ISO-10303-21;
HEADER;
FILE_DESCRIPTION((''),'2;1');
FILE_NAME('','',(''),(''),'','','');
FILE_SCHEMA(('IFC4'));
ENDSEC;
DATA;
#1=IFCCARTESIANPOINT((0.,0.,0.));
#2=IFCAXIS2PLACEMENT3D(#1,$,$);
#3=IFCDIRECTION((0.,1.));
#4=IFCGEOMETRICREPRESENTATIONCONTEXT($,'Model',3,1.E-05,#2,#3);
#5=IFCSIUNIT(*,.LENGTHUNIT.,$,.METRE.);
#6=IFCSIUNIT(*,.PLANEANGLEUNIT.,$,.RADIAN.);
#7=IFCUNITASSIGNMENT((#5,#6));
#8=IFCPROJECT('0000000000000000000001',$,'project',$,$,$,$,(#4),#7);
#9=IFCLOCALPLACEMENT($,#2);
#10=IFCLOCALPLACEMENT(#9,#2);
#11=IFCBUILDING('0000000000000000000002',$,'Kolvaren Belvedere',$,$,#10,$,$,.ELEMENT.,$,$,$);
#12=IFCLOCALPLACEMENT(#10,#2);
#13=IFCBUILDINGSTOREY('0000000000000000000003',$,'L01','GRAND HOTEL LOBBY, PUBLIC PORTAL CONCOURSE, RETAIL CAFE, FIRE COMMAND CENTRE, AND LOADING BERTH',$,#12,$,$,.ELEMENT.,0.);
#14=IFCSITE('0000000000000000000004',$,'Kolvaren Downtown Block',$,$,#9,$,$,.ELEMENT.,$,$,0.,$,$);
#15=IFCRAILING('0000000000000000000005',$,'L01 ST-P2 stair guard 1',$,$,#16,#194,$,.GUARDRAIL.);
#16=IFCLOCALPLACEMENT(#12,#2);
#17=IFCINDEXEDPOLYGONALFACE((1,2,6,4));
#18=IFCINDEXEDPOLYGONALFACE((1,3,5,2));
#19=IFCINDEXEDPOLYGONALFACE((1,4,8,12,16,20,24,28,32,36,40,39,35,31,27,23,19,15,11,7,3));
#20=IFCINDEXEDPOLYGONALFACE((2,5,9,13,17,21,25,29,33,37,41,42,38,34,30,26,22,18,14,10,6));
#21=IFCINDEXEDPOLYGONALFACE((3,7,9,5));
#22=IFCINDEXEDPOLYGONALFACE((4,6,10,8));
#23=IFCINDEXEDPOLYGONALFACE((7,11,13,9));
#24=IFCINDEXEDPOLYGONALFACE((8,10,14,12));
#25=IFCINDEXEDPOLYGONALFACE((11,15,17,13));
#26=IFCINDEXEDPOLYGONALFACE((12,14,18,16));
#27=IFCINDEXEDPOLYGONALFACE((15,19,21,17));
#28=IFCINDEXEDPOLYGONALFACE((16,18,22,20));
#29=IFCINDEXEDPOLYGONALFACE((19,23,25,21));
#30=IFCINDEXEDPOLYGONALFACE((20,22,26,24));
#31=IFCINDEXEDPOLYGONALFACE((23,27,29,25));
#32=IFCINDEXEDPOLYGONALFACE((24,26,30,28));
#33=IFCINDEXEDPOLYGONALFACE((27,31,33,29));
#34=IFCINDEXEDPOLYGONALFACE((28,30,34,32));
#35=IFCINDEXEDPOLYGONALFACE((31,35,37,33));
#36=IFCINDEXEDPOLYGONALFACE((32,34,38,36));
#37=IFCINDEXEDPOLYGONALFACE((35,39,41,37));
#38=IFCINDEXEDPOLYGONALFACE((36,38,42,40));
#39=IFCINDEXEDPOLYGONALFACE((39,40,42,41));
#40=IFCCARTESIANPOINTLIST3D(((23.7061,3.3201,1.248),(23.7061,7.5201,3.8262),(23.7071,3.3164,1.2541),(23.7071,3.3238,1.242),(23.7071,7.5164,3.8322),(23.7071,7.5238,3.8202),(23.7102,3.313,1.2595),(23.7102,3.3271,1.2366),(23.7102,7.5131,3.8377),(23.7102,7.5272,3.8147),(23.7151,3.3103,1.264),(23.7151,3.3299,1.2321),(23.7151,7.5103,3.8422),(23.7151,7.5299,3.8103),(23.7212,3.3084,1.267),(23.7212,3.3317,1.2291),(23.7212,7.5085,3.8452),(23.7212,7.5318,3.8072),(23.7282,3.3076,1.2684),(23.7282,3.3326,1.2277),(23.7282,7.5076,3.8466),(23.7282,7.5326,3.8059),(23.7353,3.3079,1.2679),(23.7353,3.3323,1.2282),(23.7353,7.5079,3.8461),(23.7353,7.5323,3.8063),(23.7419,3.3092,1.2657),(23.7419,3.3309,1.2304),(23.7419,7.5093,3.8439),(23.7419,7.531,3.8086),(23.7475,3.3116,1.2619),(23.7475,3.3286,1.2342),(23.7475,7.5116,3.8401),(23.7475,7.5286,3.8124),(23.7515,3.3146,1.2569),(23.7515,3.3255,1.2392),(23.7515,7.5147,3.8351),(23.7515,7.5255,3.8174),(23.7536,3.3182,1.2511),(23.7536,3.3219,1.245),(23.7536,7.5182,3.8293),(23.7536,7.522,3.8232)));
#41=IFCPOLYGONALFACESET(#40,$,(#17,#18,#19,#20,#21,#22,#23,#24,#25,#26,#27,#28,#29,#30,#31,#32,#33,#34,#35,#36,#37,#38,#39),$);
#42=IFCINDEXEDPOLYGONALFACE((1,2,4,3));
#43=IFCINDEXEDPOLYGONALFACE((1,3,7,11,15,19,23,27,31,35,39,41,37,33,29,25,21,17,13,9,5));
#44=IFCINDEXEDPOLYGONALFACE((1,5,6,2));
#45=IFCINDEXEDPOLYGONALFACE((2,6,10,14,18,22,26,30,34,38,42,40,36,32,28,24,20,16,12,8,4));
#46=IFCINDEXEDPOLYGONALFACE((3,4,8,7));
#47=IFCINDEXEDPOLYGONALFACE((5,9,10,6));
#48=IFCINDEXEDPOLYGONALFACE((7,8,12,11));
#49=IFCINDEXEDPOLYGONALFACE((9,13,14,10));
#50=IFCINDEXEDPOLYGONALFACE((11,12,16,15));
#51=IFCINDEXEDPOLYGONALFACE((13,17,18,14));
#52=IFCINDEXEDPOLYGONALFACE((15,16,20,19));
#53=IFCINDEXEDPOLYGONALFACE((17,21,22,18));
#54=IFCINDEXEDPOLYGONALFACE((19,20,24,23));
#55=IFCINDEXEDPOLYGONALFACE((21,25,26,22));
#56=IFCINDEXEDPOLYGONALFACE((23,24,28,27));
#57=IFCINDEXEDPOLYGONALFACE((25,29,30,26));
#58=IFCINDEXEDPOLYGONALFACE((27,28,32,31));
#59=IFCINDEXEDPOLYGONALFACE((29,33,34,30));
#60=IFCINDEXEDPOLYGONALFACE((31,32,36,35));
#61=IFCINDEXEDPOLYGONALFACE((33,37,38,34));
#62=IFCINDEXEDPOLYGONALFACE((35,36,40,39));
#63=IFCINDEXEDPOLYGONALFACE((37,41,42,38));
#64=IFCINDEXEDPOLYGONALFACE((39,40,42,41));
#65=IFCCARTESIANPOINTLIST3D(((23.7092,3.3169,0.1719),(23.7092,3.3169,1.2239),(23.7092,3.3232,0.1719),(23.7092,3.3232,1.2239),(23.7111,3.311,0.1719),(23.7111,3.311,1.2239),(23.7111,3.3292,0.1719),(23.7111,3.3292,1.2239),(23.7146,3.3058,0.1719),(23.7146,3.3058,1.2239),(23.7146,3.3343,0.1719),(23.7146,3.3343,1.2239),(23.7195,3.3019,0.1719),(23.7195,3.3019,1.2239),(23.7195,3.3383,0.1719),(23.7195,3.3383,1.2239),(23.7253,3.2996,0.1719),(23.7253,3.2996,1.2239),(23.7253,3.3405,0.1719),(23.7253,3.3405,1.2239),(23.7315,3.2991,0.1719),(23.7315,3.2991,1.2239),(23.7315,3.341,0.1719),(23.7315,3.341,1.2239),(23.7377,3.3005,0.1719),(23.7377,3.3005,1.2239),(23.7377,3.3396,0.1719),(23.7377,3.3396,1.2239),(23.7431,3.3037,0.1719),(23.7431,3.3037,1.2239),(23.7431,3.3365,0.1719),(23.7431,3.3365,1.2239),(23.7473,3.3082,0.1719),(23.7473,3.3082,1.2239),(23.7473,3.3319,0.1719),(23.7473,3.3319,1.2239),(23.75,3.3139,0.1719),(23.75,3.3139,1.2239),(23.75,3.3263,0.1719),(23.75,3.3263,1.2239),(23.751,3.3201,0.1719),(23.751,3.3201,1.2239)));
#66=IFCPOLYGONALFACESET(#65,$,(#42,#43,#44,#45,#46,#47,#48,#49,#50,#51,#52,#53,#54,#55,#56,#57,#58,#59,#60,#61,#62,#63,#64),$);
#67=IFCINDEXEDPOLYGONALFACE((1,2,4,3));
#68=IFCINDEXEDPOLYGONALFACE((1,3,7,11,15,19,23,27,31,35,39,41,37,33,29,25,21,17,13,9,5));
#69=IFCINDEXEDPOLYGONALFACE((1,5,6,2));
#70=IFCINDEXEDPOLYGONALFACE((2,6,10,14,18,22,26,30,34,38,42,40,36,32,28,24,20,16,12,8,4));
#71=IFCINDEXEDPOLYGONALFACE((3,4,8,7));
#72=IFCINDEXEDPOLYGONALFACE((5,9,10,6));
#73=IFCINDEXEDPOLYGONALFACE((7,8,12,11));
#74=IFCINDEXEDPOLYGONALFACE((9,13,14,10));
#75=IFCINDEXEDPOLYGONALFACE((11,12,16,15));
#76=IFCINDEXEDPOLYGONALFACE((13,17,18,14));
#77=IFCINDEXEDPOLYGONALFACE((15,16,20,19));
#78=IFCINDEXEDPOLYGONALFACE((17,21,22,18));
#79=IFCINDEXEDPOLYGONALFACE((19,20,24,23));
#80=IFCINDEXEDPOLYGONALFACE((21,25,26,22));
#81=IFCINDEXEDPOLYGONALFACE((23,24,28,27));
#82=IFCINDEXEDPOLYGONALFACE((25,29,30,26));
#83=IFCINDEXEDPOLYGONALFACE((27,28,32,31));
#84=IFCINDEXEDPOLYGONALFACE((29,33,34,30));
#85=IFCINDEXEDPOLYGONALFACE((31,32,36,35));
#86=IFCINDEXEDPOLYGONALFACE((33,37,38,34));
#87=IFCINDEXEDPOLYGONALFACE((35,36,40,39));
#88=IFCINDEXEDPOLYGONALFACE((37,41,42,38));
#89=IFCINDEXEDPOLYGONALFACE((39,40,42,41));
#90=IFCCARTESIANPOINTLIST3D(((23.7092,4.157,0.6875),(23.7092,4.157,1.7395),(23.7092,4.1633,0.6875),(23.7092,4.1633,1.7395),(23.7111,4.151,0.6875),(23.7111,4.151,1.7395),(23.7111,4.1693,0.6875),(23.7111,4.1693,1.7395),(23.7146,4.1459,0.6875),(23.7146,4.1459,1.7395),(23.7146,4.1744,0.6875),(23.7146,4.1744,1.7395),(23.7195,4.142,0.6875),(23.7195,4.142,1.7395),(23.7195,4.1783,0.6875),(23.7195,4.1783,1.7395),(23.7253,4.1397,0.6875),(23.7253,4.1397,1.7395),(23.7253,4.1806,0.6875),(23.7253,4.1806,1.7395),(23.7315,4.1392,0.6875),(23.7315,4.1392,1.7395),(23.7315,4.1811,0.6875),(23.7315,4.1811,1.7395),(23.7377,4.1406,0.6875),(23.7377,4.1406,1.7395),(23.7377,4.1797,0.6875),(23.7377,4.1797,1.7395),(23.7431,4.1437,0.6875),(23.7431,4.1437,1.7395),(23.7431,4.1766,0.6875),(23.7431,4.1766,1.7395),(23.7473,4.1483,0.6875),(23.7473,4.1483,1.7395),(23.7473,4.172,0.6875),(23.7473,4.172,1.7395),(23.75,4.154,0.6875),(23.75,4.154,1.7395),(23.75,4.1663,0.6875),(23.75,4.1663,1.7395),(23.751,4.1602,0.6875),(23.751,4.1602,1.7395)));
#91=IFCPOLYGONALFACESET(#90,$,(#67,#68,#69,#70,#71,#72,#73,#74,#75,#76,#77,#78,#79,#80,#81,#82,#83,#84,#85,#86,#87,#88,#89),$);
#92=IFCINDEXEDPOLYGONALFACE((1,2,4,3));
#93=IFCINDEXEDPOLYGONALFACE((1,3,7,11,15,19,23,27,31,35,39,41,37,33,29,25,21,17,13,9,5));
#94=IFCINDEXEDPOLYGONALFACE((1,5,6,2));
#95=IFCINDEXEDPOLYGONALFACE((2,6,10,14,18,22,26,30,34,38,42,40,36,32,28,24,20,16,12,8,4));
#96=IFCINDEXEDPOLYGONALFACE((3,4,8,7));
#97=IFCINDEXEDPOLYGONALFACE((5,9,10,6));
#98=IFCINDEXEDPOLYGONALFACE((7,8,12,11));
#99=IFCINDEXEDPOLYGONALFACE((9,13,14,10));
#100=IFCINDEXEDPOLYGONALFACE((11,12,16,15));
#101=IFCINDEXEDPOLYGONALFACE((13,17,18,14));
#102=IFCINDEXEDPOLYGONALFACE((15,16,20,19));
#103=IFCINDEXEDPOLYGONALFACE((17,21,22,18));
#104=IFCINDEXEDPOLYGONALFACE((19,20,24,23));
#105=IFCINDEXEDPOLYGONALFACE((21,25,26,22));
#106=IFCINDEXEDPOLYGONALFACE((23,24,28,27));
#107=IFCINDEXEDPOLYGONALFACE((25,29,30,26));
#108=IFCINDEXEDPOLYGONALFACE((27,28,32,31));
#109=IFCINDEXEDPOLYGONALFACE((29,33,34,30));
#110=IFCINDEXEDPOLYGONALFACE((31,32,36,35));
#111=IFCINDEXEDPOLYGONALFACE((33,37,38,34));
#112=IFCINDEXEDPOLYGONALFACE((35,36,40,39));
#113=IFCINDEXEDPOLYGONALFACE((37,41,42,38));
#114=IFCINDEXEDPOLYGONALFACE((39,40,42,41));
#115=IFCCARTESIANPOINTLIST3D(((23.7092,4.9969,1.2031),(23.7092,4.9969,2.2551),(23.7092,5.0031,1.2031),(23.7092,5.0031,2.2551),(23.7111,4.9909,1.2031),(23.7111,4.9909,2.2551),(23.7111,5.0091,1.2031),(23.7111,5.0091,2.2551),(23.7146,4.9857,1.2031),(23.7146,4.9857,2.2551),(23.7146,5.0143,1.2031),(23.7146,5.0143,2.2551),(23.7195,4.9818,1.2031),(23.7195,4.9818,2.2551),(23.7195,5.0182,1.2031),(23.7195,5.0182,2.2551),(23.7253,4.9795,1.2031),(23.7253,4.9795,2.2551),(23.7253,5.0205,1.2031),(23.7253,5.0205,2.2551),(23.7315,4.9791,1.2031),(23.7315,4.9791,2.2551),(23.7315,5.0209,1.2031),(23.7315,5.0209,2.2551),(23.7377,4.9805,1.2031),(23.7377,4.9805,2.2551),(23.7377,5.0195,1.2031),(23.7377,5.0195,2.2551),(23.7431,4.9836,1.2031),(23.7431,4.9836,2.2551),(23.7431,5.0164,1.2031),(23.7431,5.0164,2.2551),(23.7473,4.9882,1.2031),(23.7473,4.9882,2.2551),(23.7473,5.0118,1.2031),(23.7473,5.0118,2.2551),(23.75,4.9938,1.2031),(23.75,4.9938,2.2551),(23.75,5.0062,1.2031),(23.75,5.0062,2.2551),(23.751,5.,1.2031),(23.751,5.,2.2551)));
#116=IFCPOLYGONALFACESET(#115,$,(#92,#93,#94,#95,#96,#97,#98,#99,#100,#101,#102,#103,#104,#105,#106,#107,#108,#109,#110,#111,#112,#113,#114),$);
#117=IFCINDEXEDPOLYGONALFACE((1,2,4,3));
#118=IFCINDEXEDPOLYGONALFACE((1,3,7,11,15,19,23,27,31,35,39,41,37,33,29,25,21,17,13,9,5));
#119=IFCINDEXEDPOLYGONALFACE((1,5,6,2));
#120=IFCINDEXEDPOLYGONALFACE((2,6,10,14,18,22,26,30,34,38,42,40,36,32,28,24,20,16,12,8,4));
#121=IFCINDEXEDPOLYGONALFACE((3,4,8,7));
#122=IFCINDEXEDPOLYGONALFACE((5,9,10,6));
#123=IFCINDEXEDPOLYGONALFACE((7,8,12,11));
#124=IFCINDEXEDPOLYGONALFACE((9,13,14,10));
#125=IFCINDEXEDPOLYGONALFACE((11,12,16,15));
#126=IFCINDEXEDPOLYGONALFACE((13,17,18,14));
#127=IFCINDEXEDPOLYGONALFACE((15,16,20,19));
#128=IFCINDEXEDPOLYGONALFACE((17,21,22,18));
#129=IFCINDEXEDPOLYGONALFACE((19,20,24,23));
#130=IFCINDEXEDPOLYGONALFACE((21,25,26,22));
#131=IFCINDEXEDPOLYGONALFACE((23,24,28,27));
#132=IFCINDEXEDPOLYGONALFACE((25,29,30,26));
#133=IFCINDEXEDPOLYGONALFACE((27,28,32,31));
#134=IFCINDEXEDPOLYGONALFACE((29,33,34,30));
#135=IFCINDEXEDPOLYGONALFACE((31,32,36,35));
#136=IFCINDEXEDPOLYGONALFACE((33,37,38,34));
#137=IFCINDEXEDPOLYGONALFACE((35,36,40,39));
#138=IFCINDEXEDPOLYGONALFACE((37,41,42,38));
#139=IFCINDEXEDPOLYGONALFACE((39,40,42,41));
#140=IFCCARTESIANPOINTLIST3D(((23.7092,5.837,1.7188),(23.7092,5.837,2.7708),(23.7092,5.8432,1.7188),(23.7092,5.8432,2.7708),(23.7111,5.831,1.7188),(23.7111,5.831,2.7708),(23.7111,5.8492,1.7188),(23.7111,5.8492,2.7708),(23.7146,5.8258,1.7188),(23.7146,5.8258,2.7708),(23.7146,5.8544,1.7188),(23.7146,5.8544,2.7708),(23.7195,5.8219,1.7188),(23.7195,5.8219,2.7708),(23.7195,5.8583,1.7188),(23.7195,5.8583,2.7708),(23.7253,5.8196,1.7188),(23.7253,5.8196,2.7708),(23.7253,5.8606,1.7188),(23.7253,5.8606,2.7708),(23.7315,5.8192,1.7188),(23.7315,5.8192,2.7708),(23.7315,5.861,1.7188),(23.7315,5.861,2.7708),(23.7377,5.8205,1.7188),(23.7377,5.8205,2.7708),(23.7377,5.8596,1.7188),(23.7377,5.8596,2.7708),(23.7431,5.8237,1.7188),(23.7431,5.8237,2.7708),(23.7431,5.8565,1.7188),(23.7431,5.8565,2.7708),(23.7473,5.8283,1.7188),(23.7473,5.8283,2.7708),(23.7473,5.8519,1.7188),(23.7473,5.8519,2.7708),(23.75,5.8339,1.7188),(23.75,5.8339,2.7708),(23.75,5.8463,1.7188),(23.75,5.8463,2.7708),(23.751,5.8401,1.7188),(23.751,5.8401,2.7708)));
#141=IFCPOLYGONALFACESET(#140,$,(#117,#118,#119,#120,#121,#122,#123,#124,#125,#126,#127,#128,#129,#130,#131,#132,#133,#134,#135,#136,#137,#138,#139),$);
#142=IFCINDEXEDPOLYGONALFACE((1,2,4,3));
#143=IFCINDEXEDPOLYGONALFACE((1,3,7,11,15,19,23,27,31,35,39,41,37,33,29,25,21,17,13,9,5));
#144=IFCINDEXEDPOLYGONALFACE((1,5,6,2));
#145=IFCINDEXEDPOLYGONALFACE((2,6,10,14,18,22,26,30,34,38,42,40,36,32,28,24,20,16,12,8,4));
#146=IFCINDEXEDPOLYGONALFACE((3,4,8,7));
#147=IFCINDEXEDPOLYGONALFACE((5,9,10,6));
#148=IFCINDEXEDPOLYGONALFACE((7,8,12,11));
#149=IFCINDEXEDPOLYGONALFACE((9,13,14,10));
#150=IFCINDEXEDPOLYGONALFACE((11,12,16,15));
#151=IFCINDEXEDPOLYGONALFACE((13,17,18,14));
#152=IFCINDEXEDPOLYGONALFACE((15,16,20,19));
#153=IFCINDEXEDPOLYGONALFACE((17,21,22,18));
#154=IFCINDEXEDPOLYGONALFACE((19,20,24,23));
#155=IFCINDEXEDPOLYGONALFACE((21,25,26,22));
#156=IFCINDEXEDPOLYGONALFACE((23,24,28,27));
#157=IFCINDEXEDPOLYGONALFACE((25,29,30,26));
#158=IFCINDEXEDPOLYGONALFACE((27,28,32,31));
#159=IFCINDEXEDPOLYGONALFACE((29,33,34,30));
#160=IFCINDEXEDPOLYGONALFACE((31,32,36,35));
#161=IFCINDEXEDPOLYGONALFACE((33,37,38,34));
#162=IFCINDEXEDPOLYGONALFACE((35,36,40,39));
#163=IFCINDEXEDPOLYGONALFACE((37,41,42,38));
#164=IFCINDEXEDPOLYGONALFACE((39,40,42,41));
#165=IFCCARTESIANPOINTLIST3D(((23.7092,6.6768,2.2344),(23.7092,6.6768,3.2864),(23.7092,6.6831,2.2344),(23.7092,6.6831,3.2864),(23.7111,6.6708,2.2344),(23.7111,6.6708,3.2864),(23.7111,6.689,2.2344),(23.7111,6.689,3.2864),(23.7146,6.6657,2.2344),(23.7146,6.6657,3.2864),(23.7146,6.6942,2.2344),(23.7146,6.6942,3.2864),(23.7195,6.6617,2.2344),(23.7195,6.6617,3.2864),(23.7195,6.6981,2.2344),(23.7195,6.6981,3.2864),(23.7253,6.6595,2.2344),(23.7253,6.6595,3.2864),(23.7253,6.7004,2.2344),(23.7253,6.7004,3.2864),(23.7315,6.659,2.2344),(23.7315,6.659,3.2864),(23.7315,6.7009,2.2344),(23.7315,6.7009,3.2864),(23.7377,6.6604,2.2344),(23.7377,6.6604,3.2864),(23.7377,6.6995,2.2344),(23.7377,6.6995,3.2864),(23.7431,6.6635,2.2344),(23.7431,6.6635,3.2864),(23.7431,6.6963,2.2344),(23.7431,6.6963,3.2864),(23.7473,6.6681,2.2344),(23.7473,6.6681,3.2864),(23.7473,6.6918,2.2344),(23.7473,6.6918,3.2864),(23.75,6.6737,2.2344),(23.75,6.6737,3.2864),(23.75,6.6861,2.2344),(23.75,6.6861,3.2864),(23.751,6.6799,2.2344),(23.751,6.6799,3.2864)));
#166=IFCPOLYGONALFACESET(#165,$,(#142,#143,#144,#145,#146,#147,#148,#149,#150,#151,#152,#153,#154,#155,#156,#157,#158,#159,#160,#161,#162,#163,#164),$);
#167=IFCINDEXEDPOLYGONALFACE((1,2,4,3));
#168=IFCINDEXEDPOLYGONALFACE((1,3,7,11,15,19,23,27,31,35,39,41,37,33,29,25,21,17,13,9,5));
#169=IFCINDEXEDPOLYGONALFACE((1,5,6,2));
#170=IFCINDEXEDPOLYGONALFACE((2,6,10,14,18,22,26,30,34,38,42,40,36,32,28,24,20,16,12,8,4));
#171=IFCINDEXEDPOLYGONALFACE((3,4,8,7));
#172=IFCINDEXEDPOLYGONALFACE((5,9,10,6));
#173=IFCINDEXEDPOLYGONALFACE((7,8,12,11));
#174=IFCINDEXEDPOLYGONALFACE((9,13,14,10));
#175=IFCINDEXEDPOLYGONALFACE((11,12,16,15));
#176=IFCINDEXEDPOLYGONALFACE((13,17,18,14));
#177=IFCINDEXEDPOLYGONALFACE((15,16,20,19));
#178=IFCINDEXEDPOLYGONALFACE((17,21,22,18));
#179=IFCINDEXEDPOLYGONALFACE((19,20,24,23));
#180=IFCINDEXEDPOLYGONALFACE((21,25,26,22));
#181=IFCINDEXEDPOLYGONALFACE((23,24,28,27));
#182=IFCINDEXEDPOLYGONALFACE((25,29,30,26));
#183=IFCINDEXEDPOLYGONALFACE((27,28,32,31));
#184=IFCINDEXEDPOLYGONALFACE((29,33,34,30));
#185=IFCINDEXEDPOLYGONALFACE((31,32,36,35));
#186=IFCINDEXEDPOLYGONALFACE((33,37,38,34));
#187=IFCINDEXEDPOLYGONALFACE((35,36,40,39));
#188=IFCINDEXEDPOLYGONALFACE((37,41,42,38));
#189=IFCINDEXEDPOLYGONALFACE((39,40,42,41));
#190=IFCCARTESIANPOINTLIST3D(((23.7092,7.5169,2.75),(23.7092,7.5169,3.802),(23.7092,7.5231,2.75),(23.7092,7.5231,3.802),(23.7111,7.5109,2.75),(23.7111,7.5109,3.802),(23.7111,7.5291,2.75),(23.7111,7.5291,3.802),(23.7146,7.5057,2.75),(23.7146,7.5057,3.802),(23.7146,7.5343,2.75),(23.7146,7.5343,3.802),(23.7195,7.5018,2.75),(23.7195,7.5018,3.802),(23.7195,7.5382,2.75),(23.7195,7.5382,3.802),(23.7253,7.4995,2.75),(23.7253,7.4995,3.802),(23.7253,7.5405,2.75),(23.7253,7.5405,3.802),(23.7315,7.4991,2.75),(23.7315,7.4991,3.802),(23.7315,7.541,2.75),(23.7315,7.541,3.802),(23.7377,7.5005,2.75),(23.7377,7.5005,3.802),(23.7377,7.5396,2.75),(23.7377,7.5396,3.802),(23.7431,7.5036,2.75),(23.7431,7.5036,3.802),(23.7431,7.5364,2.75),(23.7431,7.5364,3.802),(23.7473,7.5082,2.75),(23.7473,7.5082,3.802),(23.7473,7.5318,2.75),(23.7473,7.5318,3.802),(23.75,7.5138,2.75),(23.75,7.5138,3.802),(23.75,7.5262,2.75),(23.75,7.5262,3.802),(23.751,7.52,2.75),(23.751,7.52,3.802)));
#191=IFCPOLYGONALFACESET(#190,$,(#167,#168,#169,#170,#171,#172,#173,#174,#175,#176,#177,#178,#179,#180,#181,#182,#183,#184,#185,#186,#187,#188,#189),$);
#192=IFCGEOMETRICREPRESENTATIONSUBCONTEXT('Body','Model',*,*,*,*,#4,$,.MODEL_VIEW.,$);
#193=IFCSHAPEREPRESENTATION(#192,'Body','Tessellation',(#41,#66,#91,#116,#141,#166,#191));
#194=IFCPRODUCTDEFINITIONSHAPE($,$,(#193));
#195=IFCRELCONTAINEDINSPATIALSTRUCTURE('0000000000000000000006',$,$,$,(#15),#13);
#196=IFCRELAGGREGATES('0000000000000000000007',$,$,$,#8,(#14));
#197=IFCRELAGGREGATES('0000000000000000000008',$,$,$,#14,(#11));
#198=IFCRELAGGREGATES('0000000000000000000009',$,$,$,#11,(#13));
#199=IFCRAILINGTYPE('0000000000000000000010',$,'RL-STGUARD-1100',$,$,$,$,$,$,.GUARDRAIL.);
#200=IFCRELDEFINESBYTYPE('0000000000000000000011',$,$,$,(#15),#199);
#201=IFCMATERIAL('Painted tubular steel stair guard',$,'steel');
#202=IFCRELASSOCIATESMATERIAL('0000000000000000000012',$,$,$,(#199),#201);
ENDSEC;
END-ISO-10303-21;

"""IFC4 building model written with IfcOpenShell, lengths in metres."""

from ifc_helpers import new_model, si_unit, direction, frame, origin, origin_2d, place, context, subcontext, project, spatial, circle, extrude, material, type_object, element, save


model = new_model("IFC4")

# Units and contexts
model_context = context("Model", 3, precision=1e-05, world=origin(), true_north=direction((0.0, 1.0)))
body_context = subcontext(model_context, "Body", "Model", "MODEL_VIEW")
ifc_project = project(units=[si_unit("LENGTHUNIT", "METRE"), si_unit("PLANEANGLEUNIT", "RADIAN")], contexts=[model_context])

# Site, building, storey
site_placement = place(None, origin())
site = spatial("IfcSite", under=ifc_project, at=site_placement, Name="Kolvaren Downtown Block", CompositionType="ELEMENT", RefElevation=0.0)
building_placement = place(site_placement, origin())
building = spatial("IfcBuilding", under=site, at=building_placement, Name="Kolvaren Belvedere", CompositionType="ELEMENT")
storey_placement = place(building_placement, origin())
storey = spatial("IfcBuildingStorey", under=building, at=storey_placement, Name="L01", Description="GRAND HOTEL LOBBY, PUBLIC PORTAL CONCOURSE, RETAIL CAFE, FIRE COMMAND CENTRE, AND LOADING BERTH", CompositionType="ELEMENT", Elevation=0.0)

# Railing
ifc_material_1 = material(Name="Painted tubular steel stair guard", Category="steel")
railing_type_1 = type_object("IfcRailingType", Name="RL-STGUARD-1100", PredefinedType="GUARDRAIL", material=ifc_material_1)
railing_1_placement = place(storey_placement, frame((23.73, 3.3201, 0.1719)))
element("IfcRailing", 1, at=railing_1_placement, inside=storey, type_object=railing_type_1, Name="L01 ST-P2 stair guard 1", PredefinedType="GUARDRAIL", context=body_context, shape_type="SweptSolid", body=[
    extrude(circle(Radius=0.0239, at=origin_2d()), frame((0.0, 0.0, 1.0762), z_axis=(0.0, 0.852243, 0.523146), x_axis=(-1.0, 0.0, 0.0)), (0.0, 0.0, 1.0), 4.9282),
    extrude(circle(Radius=0.021, at=origin_2d()), origin(), (0.0, 0.0, 1.0), 1.052),
    extrude(circle(Radius=0.021, at=origin_2d()), frame((0.0, 0.8401, 0.5156)), (0.0, 0.0, 1.0), 1.052),
    extrude(circle(Radius=0.021, at=origin_2d()), frame((0.0, 1.6799, 1.0312)), (0.0, 0.0, 1.0), 1.052),
    extrude(circle(Radius=0.021, at=origin_2d()), frame((0.0, 2.52, 1.5469)), (0.0, 0.0, 1.0), 1.052),
    extrude(circle(Radius=0.021, at=origin_2d()), frame((0.0, 3.3599, 2.0625)), (0.0, 0.0, 1.0), 1.052),
    extrude(circle(Radius=0.021, at=origin_2d()), frame((0.0, 4.2, 2.5781)), (0.0, 0.0, 1.0), 1.052),
])

save(model, "model.ifc")
